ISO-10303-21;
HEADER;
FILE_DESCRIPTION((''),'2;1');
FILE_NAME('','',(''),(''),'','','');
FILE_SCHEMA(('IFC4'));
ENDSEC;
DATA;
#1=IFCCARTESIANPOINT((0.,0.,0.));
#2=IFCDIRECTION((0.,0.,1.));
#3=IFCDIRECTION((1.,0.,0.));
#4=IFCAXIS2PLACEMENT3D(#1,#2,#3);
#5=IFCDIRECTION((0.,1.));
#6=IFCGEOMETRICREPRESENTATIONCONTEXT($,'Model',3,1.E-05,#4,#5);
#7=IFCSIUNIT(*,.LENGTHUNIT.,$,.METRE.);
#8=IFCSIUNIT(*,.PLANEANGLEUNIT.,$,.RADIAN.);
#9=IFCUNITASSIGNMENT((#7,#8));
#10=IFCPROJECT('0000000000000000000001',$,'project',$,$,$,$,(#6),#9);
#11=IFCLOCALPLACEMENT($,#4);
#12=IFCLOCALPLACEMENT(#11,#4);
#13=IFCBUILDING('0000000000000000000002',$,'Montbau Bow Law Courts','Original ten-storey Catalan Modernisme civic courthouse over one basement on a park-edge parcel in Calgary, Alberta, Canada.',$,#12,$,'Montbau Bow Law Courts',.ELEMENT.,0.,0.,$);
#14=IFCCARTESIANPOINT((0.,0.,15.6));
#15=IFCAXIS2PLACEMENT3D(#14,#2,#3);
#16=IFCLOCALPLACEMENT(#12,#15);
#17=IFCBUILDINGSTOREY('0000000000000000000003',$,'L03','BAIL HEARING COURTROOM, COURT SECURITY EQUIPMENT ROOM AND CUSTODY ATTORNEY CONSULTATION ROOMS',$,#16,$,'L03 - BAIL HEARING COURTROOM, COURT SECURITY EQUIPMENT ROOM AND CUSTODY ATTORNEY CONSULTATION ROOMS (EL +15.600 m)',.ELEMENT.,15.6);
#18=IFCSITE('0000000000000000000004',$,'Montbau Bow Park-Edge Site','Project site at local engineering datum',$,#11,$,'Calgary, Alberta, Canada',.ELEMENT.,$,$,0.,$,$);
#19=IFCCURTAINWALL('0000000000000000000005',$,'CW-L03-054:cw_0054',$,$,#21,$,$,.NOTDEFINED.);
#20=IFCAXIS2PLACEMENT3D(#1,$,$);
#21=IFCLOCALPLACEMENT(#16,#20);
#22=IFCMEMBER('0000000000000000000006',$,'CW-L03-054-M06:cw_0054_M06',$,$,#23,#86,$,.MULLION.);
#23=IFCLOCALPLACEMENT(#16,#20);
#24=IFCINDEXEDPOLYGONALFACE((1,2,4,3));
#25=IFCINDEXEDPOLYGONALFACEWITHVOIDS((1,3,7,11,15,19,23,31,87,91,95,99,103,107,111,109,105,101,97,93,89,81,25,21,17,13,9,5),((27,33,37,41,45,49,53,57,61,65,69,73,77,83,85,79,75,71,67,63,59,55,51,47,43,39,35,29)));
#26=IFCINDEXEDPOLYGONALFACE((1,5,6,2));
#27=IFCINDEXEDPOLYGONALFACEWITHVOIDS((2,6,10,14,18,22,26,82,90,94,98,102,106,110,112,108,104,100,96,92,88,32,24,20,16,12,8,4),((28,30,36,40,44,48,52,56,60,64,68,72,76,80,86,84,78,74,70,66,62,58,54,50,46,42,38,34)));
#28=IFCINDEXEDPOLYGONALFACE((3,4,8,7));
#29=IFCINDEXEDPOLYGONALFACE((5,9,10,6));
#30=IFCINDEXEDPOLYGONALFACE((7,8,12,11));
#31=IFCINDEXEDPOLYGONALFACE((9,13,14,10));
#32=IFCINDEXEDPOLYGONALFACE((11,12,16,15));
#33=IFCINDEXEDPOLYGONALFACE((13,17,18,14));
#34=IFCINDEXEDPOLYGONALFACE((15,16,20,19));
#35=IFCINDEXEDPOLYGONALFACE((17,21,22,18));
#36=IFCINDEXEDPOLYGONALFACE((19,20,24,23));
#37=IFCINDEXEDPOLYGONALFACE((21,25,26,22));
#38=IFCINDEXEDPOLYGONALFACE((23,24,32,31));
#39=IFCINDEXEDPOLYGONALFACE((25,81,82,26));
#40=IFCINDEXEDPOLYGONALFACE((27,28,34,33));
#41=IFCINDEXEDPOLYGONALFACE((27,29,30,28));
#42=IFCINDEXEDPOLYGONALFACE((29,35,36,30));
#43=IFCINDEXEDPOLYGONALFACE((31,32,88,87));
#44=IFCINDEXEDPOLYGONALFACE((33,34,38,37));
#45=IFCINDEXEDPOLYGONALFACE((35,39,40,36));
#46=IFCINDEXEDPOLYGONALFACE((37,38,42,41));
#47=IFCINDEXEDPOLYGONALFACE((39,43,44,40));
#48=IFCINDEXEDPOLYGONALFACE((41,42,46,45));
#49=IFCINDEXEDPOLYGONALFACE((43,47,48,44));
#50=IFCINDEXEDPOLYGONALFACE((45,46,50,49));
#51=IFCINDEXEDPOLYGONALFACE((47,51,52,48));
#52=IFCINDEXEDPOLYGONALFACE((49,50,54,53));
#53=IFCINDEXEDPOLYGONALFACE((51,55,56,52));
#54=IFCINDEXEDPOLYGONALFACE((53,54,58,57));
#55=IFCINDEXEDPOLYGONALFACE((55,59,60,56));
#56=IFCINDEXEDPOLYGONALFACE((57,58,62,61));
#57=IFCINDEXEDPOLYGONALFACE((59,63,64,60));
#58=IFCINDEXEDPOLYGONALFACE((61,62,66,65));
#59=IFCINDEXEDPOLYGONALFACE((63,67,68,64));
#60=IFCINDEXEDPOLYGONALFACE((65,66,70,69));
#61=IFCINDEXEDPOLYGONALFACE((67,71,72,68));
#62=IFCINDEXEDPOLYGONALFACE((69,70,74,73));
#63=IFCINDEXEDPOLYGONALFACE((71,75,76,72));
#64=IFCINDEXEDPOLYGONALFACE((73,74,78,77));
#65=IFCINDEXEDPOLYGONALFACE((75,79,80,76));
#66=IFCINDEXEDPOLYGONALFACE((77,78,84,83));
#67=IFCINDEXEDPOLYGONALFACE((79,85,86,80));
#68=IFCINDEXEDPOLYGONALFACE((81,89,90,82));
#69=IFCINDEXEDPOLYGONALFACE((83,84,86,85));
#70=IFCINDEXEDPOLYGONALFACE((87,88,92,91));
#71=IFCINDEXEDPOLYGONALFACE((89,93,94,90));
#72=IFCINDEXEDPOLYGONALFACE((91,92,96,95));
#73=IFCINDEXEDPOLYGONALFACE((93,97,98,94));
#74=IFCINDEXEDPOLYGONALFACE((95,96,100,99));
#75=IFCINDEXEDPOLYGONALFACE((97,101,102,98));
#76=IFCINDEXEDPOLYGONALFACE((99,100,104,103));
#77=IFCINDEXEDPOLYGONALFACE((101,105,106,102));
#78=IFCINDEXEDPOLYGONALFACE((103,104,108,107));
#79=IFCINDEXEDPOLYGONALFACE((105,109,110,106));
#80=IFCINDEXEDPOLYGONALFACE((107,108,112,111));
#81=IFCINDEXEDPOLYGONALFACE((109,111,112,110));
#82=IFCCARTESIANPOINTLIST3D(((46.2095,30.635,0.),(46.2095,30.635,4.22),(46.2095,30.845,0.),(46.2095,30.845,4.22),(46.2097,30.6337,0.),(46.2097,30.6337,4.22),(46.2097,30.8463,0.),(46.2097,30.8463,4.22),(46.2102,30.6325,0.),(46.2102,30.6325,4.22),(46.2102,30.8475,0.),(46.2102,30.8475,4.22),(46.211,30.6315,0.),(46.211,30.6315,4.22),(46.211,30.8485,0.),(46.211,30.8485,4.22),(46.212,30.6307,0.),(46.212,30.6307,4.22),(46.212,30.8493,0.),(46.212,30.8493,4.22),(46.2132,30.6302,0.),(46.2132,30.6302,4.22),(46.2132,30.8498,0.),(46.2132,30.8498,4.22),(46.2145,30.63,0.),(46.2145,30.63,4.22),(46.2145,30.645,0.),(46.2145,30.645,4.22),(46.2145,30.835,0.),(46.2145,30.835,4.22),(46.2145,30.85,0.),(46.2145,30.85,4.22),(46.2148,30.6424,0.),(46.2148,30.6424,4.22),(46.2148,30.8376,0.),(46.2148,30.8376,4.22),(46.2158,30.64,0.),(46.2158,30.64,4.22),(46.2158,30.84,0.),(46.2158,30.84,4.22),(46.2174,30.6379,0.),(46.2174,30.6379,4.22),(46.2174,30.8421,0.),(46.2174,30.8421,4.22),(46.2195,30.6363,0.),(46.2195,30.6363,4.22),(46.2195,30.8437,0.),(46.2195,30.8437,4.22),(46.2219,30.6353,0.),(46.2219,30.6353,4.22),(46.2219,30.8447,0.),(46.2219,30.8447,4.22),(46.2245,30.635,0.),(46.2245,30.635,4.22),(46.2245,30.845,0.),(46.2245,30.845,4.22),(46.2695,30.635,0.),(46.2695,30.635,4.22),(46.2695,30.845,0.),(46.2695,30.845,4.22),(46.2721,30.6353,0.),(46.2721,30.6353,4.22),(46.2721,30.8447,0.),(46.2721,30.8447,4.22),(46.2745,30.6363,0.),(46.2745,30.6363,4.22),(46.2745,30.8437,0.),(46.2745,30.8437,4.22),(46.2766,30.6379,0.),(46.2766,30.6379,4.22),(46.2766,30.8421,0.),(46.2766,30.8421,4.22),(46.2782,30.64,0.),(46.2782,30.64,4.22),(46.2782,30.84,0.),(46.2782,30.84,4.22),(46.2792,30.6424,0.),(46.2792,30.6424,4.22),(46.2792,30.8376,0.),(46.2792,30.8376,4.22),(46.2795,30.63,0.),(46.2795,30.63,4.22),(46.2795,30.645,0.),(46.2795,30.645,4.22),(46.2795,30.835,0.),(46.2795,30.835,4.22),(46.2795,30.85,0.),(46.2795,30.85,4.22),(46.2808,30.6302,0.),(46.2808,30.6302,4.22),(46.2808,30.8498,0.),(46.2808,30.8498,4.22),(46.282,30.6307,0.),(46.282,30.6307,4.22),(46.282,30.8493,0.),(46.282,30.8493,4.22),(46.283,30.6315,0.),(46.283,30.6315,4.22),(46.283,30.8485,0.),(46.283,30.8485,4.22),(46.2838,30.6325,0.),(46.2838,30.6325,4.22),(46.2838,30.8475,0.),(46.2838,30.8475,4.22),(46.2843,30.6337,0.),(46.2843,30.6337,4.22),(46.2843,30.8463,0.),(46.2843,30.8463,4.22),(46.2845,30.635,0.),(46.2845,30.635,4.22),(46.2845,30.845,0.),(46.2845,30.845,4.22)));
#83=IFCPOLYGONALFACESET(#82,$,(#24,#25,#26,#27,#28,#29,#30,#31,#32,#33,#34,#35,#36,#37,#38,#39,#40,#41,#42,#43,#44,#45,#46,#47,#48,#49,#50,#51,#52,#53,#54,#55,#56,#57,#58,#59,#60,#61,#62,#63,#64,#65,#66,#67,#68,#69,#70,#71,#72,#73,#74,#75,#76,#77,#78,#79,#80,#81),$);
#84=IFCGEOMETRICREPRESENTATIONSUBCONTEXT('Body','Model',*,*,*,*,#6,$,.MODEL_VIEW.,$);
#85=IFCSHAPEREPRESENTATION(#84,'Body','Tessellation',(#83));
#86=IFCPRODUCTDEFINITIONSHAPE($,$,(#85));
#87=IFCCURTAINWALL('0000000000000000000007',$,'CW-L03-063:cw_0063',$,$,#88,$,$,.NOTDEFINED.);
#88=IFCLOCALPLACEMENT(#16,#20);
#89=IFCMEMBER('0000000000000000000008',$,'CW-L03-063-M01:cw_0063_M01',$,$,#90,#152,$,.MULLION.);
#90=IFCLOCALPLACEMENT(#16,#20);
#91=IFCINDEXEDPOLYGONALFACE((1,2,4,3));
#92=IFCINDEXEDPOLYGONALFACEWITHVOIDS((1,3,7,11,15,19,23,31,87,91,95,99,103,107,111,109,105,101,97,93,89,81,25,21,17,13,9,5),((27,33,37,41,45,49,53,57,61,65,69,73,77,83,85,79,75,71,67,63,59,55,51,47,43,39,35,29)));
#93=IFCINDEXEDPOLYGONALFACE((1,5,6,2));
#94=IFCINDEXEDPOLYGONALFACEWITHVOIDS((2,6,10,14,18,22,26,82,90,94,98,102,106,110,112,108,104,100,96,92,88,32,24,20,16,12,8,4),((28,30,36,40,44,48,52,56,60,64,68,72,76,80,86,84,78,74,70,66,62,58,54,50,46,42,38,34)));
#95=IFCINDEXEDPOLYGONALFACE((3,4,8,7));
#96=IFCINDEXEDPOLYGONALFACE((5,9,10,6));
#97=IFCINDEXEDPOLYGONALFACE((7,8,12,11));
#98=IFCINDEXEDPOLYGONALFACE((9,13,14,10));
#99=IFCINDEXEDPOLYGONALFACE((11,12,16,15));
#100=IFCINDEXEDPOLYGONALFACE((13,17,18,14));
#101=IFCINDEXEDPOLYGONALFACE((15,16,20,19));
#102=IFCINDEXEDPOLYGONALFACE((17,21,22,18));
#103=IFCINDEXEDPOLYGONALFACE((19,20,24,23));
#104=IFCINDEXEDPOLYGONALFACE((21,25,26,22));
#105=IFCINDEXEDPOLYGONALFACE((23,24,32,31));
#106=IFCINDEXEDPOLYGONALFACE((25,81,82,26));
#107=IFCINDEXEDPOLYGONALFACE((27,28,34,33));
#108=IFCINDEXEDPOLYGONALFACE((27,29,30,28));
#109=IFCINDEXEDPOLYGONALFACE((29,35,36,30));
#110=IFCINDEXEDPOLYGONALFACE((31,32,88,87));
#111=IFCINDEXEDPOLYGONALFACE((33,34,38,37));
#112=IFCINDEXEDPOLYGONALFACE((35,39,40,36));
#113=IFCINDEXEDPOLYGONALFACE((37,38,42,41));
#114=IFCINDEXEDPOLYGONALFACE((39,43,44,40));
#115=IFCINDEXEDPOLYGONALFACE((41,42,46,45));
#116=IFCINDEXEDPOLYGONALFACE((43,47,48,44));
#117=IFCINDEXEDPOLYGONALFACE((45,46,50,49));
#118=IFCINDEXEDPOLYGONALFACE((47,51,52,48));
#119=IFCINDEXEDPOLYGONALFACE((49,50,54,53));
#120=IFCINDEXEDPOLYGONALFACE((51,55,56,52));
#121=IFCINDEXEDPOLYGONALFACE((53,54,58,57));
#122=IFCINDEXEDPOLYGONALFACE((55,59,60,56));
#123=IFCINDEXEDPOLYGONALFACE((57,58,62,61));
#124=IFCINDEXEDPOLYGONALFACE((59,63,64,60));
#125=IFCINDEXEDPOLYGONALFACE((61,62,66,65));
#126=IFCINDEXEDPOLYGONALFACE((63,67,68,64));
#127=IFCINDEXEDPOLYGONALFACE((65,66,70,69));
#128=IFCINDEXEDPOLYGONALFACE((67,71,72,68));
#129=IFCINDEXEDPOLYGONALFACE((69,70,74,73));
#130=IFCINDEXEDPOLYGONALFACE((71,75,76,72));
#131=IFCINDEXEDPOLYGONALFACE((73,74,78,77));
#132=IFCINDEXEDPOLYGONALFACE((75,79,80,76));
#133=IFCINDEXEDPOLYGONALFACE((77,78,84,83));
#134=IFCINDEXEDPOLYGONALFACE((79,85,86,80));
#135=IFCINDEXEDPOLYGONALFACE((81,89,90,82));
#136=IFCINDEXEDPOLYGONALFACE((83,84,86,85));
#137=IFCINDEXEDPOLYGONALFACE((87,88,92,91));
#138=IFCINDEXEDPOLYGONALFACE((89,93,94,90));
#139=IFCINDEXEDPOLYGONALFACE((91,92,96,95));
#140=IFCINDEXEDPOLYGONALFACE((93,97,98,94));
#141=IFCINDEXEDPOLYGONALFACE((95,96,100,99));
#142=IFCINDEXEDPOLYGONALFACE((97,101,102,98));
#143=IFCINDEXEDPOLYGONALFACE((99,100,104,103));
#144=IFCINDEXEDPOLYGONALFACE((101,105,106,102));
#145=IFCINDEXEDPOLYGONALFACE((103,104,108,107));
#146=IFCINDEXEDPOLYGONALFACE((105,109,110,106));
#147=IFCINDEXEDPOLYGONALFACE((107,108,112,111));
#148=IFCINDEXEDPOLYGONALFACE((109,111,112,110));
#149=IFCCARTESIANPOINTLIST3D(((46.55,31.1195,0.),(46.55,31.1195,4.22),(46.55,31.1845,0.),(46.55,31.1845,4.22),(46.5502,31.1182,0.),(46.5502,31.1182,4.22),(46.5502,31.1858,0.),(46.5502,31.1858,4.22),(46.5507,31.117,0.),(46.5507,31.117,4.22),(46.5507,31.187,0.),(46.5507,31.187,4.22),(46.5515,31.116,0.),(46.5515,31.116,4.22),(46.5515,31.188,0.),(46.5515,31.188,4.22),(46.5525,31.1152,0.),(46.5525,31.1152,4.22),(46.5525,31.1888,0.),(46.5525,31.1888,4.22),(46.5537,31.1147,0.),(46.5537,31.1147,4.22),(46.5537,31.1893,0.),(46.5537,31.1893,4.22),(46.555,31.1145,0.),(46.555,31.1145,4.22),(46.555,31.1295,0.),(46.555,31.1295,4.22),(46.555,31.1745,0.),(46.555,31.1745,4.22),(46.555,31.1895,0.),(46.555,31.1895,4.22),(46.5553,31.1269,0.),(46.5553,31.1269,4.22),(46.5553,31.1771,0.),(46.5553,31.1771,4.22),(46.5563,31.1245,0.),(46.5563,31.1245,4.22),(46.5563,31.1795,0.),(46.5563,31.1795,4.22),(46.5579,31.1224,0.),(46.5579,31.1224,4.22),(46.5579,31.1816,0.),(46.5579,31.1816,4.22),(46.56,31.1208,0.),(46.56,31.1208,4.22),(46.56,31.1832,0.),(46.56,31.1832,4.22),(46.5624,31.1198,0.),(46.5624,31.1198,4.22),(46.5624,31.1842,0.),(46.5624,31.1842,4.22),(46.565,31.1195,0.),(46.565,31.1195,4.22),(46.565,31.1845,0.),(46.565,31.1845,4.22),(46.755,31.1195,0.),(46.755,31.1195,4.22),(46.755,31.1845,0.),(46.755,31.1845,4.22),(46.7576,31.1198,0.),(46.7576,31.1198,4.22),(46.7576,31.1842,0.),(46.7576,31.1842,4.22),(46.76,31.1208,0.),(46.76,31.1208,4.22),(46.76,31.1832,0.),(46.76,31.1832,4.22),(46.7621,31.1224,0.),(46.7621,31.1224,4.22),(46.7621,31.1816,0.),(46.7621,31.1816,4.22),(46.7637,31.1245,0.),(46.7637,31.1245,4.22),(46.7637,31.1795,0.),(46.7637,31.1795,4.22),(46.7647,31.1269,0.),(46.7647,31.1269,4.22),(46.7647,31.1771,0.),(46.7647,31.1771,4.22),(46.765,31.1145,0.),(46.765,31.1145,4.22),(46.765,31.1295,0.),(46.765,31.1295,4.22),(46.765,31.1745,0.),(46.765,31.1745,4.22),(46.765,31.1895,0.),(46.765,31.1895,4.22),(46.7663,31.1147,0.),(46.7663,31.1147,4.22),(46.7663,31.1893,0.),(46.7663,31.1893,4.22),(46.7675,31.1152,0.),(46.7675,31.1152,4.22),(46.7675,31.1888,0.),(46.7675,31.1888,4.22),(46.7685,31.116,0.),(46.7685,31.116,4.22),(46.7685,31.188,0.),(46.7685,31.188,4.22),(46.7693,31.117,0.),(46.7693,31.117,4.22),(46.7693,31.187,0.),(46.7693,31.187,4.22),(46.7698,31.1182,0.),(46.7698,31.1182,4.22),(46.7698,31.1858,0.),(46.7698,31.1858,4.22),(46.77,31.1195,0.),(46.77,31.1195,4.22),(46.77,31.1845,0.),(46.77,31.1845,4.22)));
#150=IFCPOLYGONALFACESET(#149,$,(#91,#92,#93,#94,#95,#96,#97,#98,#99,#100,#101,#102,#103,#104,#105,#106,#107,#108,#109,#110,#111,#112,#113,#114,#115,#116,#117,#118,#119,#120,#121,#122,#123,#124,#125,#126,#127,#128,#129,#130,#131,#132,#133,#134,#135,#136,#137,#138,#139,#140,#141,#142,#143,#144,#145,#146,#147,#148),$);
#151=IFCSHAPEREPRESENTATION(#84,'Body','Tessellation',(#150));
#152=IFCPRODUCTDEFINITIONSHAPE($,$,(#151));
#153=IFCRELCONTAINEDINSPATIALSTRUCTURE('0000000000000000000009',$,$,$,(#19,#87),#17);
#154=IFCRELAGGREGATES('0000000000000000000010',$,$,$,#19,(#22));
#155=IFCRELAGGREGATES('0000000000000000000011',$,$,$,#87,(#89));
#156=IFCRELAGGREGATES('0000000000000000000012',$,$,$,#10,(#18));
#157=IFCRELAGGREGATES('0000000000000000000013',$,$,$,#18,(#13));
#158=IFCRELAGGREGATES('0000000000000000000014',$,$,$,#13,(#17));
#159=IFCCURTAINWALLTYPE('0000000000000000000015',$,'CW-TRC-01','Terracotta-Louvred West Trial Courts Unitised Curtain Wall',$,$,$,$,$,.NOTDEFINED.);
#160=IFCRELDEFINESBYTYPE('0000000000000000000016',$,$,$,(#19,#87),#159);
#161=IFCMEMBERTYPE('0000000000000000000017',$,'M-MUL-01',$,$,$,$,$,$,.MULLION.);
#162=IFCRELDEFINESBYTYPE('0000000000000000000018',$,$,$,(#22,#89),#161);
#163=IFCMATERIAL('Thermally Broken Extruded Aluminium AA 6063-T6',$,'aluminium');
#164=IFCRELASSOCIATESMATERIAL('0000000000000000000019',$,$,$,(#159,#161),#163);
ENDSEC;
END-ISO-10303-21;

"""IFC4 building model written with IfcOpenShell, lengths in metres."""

from ifc_helpers import new_model, si_unit, direction, frame, origin_with_axes, origin_2d_with_axis, place, context, subcontext, project, spatial, hollow_rectangle, extrude, material, material_profile, profile_set, type_object, element, aggregate, save


model = new_model("IFC4")

# Units and contexts
model_context = context("Model", 3, precision=1e-05, world=origin_with_axes(), true_north=direction((0.0, 1.0)))
body_context = subcontext(model_context, "Body", "Model", "MODEL_VIEW")
ifc_project = project(units=[si_unit("LENGTHUNIT", "METRE"), si_unit("PLANEANGLEUNIT", "RADIAN")], contexts=[model_context])

# Site, building, storey
site_placement = place(None, origin_with_axes())
site = spatial("IfcSite", under=ifc_project, at=site_placement, Name="Montbau Bow Park-Edge Site", Description="Project site at local engineering datum", LongName="Calgary, Alberta, Canada", CompositionType="ELEMENT", RefElevation=0.0)
building_placement = place(site_placement, origin_with_axes())
building = spatial("IfcBuilding", under=site, at=building_placement, Name="Montbau Bow Law Courts", Description="Original ten-storey Catalan Modernisme civic courthouse over one basement on a park-edge parcel in Calgary, Alberta, Canada.", LongName="Montbau Bow Law Courts", CompositionType="ELEMENT", ElevationOfRefHeight=0.0, ElevationOfTerrain=0.0)
storey_placement = place(building_placement, frame((0.0, 0.0, 15.6), z_axis=(0.0, 0.0, 1.0), x_axis=(1.0, 0.0, 0.0)))
storey = spatial("IfcBuildingStorey", under=building, at=storey_placement, Name="L03", Description="BAIL HEARING COURTROOM, COURT SECURITY EQUIPMENT ROOM AND CUSTODY ATTORNEY CONSULTATION ROOMS", LongName="L03 - BAIL HEARING COURTROOM, COURT SECURITY EQUIPMENT ROOM AND CUSTODY ATTORNEY CONSULTATION ROOMS (EL +15.600 m)", CompositionType="ELEMENT", Elevation=15.6)

# Curtain wall, member
ifc_material_1 = material(Name="Thermally Broken Extruded Aluminium AA 6063-T6", Category="aluminium")
curtain_wall_type = type_object("IfcCurtainWallType", Name="CW-TRC-01", Description="Terracotta-Louvred West Trial Courts Unitised Curtain Wall", PredefinedType="NOTDEFINED", material=ifc_material_1)
curtain_wall_1_placement = place(None, frame((39.515, 30.74, 15.6), z_axis=(0.0, 0.0, 1.0), x_axis=(1.0, 0.0, 0.0)))
curtain_wall_1 = element("IfcCurtainWall", 1, at=curtain_wall_1_placement, inside=storey, type_object=curtain_wall_type, Name="CW-L03-054:cw_0054", PredefinedType="NOTDEFINED")
ifc_material_profile_1 = material_profile(ifc_material_1, hollow_rectangle(XDim=0.075, YDim=0.22, WallThickness=0.005, InnerFilletRadius=0.01, OuterFilletRadius=0.005, at=origin_2d_with_axis()), Name="CWM-220X75", Category="Main", Priority=0)
ifc_profile_set_1 = profile_set([ifc_material_profile_1], Name="Thermally Broken Extruded Aluminium AA 6063-T6")
member_type_1 = type_object("IfcMemberType", Name="M-MUL-01", PredefinedType="MULLION", material=ifc_profile_set_1)
member_1_placement = place(None, frame((46.247, 30.74, 15.6), z_axis=(0.0, 0.0, 1.0), x_axis=(1.0, 0.0, 0.0)))
member_1 = element("IfcMember", 2, at=member_1_placement, type_object=member_type_1, Name="CW-L03-054-M06:cw_0054_M06", PredefinedType="MULLION", context=body_context, shape_type="SweptSolid", body=[
    extrude(hollow_rectangle(XDim=0.075, YDim=0.22, WallThickness=0.005, InnerFilletRadius=0.01, OuterFilletRadius=0.005, at=origin_2d_with_axis()), origin_with_axes(), (0.0, 0.0, 1.0), 4.22),
])

# Curtain wall, member
curtain_wall_2_placement = place(None, frame((46.66, 31.115, 15.6), z_axis=(0.0, 0.0, 1.0), x_axis=(1.0, 0.0, 0.0)))
curtain_wall_2 = element("IfcCurtainWall", 3, at=curtain_wall_2_placement, inside=storey, type_object=curtain_wall_type, Name="CW-L03-063:cw_0063", PredefinedType="NOTDEFINED")
member_2_placement = place(None, frame((46.66, 31.152, 15.6), z_axis=(0.0, 0.0, 1.0), x_axis=(0.0, 1.0, 0.0)))
member_2 = element("IfcMember", 4, at=member_2_placement, type_object=member_type_1, Name="CW-L03-063-M01:cw_0063_M01", PredefinedType="MULLION", context=body_context, shape_type="SweptSolid", body=[
    extrude(hollow_rectangle(XDim=0.075, YDim=0.22, WallThickness=0.005, InnerFilletRadius=0.01, OuterFilletRadius=0.005, at=origin_2d_with_axis()), origin_with_axes(), (0.0, 0.0, 1.0), 4.22),
])

aggregate(curtain_wall_1, [member_1])
aggregate(curtain_wall_2, [member_2])

save(model, "model.ifc")
